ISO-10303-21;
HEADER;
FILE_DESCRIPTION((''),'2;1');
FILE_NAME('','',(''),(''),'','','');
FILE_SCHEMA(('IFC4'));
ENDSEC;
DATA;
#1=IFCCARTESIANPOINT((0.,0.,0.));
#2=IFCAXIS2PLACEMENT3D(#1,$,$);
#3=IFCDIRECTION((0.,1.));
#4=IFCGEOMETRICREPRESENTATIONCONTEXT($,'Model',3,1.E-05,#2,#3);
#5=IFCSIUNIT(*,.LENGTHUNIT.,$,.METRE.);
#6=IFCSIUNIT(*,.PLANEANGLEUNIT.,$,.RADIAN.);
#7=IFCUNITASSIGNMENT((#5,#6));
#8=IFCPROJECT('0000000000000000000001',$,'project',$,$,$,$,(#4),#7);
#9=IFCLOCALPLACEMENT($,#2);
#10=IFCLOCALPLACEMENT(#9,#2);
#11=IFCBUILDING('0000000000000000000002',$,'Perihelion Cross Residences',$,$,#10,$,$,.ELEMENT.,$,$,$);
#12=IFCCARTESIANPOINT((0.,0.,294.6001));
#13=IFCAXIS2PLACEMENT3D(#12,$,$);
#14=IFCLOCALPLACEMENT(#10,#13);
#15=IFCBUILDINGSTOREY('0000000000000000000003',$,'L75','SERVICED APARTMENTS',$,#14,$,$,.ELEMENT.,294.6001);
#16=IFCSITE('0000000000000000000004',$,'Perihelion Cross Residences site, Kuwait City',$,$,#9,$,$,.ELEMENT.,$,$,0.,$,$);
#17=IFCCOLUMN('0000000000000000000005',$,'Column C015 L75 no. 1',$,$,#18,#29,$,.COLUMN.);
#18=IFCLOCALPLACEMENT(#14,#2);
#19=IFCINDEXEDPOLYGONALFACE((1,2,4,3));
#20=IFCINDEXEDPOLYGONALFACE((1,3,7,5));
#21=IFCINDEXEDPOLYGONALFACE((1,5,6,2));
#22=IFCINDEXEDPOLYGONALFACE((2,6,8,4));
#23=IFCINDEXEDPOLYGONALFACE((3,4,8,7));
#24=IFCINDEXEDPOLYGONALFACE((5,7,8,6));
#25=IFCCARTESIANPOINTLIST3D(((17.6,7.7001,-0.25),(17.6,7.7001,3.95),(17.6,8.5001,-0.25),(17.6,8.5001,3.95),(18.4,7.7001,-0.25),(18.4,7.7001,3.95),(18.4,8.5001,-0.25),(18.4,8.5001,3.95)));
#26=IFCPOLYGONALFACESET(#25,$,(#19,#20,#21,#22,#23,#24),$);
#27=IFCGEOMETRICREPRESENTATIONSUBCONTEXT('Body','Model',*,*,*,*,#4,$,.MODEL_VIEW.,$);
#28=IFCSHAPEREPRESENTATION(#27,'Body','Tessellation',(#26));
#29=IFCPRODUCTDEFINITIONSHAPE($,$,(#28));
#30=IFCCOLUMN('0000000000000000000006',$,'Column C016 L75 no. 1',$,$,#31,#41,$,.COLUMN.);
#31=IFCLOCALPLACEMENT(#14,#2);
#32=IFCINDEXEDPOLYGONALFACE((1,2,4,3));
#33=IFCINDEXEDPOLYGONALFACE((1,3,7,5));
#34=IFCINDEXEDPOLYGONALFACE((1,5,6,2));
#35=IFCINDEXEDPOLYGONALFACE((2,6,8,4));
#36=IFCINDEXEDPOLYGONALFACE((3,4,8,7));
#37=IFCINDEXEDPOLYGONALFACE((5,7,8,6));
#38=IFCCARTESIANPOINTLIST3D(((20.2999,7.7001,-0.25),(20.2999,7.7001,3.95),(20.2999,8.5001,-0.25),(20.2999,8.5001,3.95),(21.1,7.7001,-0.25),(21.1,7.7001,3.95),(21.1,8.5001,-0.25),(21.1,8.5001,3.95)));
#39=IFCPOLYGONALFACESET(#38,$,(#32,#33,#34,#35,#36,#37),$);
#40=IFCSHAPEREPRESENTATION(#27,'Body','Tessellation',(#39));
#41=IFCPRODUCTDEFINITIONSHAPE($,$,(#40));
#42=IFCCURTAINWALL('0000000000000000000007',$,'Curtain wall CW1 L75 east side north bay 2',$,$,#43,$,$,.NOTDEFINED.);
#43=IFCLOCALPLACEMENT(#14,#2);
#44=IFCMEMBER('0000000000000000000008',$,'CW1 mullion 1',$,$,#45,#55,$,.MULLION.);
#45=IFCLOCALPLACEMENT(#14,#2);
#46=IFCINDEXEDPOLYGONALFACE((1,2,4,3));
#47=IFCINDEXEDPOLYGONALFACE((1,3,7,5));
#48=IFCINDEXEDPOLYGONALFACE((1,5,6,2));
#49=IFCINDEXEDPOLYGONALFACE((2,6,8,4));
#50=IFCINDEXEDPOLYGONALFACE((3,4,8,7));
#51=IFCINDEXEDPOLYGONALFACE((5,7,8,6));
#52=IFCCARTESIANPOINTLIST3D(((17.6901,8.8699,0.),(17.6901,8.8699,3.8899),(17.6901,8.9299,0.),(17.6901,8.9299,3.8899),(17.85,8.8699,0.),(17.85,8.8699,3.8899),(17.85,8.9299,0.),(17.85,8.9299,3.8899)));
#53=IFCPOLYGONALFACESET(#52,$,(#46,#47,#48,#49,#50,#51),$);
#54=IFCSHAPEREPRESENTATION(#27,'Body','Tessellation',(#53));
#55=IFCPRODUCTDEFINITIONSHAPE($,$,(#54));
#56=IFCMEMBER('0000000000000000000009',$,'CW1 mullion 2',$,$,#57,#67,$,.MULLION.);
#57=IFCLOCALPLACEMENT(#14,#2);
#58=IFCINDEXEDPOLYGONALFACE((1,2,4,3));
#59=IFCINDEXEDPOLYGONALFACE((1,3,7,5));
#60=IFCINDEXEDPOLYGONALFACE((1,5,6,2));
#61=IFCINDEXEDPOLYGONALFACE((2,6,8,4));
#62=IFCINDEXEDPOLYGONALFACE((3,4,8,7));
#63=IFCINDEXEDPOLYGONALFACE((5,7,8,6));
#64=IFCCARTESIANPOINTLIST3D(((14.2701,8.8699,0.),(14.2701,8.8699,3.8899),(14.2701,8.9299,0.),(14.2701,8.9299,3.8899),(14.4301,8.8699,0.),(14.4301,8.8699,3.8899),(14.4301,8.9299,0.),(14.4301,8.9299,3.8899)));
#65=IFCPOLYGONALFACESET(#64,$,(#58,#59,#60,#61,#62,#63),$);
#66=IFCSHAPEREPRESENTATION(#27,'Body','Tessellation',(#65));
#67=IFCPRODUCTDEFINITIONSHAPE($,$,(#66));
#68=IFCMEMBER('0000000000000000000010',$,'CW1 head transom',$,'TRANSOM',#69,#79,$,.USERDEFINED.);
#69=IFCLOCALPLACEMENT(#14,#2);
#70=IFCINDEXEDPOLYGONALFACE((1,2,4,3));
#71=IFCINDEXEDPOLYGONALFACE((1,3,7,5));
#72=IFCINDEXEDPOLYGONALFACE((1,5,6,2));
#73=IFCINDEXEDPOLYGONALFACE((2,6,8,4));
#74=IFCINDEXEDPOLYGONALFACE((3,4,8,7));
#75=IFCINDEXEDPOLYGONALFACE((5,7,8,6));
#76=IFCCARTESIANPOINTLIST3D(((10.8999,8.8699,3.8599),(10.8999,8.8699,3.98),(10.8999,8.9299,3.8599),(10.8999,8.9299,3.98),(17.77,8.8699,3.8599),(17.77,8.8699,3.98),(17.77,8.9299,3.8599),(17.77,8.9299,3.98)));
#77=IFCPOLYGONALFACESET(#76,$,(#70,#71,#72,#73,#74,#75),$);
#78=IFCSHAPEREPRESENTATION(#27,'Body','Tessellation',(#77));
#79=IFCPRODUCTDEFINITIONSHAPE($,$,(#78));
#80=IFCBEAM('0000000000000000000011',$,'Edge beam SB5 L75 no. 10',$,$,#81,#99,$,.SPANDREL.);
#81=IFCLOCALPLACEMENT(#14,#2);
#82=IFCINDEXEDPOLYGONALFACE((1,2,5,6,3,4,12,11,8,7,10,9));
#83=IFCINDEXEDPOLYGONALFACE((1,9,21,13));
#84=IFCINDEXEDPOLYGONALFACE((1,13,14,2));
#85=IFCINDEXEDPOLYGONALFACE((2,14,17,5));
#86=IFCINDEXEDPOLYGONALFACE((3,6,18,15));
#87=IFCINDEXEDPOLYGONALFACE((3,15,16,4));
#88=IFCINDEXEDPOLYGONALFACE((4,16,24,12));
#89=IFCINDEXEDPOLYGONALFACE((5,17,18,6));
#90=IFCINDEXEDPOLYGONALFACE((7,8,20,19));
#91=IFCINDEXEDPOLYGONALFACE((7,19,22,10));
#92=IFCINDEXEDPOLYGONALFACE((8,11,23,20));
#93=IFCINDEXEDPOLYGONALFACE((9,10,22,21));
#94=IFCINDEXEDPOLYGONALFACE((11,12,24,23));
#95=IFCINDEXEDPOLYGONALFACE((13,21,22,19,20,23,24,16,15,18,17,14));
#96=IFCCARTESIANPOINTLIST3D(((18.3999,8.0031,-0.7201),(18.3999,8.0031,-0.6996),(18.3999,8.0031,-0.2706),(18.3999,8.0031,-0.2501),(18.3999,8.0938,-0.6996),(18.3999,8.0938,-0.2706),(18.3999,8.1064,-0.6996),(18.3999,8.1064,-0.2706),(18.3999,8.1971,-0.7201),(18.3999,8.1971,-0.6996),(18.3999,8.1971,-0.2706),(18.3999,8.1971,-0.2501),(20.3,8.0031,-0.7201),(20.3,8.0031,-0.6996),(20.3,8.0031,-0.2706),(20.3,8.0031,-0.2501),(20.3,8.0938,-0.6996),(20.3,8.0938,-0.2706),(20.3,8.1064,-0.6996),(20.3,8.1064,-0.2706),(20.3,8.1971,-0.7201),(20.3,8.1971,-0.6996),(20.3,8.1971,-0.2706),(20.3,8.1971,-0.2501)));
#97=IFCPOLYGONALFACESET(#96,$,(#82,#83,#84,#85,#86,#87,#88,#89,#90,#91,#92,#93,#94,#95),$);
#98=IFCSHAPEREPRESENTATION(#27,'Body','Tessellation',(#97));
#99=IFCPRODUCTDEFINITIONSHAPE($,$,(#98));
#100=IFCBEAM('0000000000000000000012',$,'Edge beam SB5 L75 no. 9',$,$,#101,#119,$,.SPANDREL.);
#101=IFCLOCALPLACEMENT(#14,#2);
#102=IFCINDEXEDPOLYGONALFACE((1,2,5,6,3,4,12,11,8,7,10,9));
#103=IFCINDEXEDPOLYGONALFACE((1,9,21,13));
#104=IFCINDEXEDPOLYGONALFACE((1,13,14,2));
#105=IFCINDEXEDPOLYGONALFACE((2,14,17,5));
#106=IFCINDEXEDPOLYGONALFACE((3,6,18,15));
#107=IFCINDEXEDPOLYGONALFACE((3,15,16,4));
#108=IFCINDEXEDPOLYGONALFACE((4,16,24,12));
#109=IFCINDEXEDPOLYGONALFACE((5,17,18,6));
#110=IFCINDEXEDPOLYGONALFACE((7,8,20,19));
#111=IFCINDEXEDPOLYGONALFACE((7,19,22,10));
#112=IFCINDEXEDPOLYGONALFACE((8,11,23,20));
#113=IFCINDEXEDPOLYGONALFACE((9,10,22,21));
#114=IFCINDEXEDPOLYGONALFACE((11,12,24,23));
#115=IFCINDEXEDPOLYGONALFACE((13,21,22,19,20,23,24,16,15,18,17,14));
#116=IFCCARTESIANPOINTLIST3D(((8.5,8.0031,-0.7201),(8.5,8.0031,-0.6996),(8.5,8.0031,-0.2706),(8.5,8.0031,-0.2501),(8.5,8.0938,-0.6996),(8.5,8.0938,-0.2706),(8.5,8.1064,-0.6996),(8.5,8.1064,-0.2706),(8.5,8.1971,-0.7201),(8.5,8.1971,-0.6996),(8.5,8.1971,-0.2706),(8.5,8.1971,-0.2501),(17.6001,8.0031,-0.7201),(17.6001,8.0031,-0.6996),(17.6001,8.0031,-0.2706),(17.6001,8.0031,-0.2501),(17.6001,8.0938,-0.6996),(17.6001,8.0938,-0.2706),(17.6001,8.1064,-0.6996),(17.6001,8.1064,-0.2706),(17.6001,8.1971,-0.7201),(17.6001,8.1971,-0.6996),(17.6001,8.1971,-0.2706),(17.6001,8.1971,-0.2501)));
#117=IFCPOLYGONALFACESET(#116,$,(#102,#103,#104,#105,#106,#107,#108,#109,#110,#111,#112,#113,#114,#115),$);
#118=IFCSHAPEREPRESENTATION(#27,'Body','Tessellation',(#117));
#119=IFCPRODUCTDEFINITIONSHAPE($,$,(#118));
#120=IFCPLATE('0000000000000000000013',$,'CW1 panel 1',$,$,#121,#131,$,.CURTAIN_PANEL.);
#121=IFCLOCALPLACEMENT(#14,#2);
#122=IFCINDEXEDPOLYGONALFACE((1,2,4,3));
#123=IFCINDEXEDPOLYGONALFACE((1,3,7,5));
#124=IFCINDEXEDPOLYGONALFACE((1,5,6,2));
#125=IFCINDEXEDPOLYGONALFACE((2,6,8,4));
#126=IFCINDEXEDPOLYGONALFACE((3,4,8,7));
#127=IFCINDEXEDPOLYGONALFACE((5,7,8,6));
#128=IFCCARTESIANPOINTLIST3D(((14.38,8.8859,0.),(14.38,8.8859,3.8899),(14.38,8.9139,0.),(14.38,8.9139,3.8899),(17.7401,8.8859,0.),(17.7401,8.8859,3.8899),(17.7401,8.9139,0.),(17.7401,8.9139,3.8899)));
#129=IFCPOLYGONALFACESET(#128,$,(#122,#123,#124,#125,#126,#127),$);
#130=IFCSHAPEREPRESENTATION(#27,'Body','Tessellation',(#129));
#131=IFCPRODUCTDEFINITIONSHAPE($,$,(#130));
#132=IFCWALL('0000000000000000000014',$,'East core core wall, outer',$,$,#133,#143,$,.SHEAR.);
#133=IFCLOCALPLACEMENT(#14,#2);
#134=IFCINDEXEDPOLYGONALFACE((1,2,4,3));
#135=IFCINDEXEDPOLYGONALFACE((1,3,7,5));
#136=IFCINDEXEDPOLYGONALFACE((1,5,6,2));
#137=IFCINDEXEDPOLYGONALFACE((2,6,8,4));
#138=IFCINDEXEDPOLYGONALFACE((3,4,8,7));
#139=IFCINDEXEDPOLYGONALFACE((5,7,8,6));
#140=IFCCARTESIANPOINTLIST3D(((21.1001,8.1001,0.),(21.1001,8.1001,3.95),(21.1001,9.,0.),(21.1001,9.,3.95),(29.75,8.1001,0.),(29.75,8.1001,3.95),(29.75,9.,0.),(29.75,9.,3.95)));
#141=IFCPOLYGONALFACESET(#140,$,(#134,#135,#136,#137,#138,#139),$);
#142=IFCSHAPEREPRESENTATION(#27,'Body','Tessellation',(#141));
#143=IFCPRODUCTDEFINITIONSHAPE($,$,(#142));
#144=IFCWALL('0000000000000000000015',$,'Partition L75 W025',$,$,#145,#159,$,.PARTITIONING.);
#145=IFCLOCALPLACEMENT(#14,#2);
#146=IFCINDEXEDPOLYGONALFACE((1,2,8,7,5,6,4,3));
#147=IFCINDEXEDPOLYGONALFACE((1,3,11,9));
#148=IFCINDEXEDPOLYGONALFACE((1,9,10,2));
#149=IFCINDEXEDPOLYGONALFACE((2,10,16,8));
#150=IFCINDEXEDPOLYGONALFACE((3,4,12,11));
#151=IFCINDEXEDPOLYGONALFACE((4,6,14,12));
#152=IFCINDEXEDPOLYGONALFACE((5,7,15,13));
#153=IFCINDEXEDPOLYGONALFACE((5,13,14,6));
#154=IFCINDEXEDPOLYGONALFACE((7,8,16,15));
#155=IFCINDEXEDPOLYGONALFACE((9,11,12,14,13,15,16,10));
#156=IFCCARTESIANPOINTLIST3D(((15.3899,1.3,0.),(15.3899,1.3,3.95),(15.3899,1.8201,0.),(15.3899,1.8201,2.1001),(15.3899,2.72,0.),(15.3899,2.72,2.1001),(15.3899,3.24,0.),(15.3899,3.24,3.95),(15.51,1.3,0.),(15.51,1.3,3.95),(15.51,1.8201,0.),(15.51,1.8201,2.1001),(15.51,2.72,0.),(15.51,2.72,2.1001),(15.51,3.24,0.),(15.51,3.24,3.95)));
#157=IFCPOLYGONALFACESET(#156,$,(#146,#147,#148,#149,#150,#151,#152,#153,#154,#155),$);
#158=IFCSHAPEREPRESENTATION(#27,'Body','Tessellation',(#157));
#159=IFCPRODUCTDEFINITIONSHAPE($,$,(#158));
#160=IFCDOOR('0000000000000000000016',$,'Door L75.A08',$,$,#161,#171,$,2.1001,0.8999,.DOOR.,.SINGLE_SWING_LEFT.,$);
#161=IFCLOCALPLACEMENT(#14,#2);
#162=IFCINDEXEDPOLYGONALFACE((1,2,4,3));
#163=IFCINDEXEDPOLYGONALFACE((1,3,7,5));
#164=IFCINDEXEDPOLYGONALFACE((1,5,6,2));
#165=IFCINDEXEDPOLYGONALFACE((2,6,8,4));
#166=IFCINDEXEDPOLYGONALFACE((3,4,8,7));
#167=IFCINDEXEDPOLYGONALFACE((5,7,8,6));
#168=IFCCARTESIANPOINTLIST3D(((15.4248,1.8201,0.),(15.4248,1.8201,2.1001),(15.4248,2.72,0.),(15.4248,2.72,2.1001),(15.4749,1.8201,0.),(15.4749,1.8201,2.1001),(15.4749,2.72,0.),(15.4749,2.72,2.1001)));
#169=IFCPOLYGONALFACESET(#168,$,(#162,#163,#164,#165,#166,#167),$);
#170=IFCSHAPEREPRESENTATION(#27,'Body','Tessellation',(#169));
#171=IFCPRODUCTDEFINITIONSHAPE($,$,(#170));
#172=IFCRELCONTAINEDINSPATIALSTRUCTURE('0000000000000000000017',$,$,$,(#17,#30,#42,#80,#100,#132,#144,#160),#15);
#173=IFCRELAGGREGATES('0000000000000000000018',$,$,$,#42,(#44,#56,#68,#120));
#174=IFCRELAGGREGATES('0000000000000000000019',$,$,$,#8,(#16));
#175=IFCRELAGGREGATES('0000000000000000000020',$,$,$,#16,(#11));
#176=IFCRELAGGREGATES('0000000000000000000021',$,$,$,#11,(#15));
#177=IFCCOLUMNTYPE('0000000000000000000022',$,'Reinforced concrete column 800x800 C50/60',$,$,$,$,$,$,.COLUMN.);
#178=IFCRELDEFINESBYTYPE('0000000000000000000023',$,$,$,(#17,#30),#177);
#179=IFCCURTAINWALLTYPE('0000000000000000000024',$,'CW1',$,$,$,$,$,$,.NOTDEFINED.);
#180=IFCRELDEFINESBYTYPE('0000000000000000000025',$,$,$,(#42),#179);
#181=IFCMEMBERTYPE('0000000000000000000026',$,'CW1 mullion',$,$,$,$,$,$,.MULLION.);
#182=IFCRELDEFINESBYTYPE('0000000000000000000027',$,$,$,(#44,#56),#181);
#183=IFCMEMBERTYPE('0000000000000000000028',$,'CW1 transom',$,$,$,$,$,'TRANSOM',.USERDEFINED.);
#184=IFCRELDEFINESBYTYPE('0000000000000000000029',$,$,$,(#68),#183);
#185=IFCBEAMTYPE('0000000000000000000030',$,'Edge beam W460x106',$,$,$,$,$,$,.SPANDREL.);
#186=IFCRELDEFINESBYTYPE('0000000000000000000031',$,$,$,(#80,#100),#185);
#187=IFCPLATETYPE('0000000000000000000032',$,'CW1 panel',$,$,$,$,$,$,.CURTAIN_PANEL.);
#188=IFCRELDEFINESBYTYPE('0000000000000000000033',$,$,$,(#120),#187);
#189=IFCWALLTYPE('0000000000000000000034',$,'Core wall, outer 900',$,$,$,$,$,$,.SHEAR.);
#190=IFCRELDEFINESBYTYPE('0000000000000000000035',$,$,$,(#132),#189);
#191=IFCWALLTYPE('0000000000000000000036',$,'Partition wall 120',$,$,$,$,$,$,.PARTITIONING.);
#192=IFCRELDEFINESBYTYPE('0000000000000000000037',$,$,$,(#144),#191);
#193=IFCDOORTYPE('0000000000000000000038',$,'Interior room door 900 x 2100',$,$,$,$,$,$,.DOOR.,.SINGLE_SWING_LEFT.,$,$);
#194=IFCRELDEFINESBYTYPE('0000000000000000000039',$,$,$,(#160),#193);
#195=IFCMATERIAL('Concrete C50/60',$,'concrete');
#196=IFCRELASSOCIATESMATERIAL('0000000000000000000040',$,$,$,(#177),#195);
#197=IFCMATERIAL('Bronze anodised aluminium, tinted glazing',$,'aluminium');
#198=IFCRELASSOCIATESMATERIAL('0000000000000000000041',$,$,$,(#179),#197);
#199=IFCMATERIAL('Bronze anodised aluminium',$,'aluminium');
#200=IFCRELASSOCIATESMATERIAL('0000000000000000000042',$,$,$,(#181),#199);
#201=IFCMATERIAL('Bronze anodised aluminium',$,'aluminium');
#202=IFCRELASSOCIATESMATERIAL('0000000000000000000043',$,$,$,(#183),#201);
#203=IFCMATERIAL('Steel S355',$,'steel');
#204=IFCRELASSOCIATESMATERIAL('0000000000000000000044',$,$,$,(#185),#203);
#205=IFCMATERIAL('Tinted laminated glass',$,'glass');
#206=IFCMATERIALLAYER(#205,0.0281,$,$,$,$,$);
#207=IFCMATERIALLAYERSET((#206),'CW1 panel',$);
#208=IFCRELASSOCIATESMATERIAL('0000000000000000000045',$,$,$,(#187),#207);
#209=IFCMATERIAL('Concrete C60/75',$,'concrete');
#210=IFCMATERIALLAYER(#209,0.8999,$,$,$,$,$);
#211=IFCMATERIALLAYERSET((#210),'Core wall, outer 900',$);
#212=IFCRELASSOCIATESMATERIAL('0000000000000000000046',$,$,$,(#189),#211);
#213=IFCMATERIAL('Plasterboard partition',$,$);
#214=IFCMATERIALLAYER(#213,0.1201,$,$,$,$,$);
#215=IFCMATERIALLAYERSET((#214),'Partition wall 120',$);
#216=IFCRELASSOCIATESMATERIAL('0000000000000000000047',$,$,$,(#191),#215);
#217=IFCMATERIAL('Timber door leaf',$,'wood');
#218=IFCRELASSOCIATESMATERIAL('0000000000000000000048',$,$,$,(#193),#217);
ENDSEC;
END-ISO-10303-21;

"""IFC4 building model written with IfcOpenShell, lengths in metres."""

from ifc_helpers import new_model, si_unit, direction, frame, frame_2d, origin, origin_2d, place, context, subcontext, project, spatial, rectangle, i_section, extrude, material, layer, layer_set, material_profile, profile_set, type_object, element, fill, aggregate, save


model = new_model("IFC4")

# Units and contexts
model_context = context("Model", 3, precision=1e-05, world=origin(), true_north=direction((0.0, 1.0)))
body_context = subcontext(model_context, "Body", "Model", "MODEL_VIEW")
ifc_project = project(units=[si_unit("LENGTHUNIT", "METRE"), si_unit("PLANEANGLEUNIT", "RADIAN")], contexts=[model_context])

# Site, building, storey
site_placement = place(None, origin())
site = spatial("IfcSite", under=ifc_project, at=site_placement, Name="Perihelion Cross Residences site, Kuwait City", CompositionType="ELEMENT", RefElevation=0.0)
building_placement = place(site_placement, origin())
building = spatial("IfcBuilding", under=site, at=building_placement, Name="Perihelion Cross Residences", CompositionType="ELEMENT")
storey_placement = place(building_placement, frame((0.0, 0.0, 294.6001)))
storey = spatial("IfcBuildingStorey", under=building, at=storey_placement, Name="L75", Description="SERVICED APARTMENTS", CompositionType="ELEMENT", Elevation=294.6001)

# Columns
ifc_material_1 = material(Name="Concrete C50/60", Category="concrete")
ifc_material_profile_1 = material_profile(ifc_material_1, rectangle(XDim=0.8, YDim=0.8, at=origin_2d()), Name="RC 800x800")
ifc_profile_set_1 = profile_set([ifc_material_profile_1], Name="Concrete C50/60")
column_type = type_object("IfcColumnType", Name="Reinforced concrete column 800x800 C50/60", PredefinedType="COLUMN", material=ifc_profile_set_1)
for number, where, z_axis, x_axis, name in (
    (1, (18.0, 8.1001, -0.25), (0.0, 0.0, 1.0), (1.0, 0.0, 0.0), "Column C015 L75 no. 1"),
    (2, (20.7, 8.1001, -0.25), (0.0, 0.0, 1.0), (1.0, 0.0, 0.0), "Column C016 L75 no. 1"),
):
    element("IfcColumn", number, at=place(storey_placement, frame(where, z_axis=z_axis, x_axis=x_axis)), inside=storey, type_object=column_type, Name=name, PredefinedType="COLUMN", context=body_context, shape_type="SweptSolid", body=[
        extrude(rectangle(XDim=0.8, YDim=0.8, at=origin_2d()), origin(), (0.0, 0.0, 1.0), 4.2),
    ])

# Curtain wall, members
ifc_material_2 = material(Name="Bronze anodised aluminium, tinted glazing", Category="aluminium")
curtain_wall_type = type_object("IfcCurtainWallType", Name="CW1", PredefinedType="NOTDEFINED", material=ifc_material_2)
curtain_wall_placement = place(storey_placement, origin())
curtain_wall = element("IfcCurtainWall", 3, at=curtain_wall_placement, inside=storey, type_object=curtain_wall_type, Name="Curtain wall CW1 L75 east side north bay 2", PredefinedType="NOTDEFINED")
ifc_material_3 = material(Name="Bronze anodised aluminium", Category="aluminium")
ifc_material_profile_2 = material_profile(ifc_material_3, rectangle(XDim=0.0601, YDim=0.1599, at=origin_2d()), Name="CW1 mullion")
ifc_profile_set_2 = profile_set([ifc_material_profile_2], Name="Bronze anodised aluminium")
member_type_1 = type_object("IfcMemberType", Name="CW1 mullion", PredefinedType="MULLION", material=ifc_profile_set_2)
member_1_placement = place(storey_placement, frame((17.77, 8.8999, 0.0), z_axis=(0.0, 0.0, 1.0), x_axis=(0.0, -1.0, 0.0)))
member_1 = element("IfcMember", 4, at=member_1_placement, type_object=member_type_1, Name="CW1 mullion 1", PredefinedType="MULLION", context=body_context, shape_type="SweptSolid", body=[
    extrude(rectangle(XDim=0.0601, YDim=0.1599, at=origin_2d()), origin(), (0.0, 0.0, 1.0), 3.8899),
])
member_2_placement = place(storey_placement, frame((14.3501, 8.8999, 0.0), z_axis=(0.0, 0.0, 1.0), x_axis=(0.0, -1.0, 0.0)))
member_2 = element("IfcMember", 5, at=member_2_placement, type_object=member_type_1, Name="CW1 mullion 2", PredefinedType="MULLION", context=body_context, shape_type="SweptSolid", body=[
    extrude(rectangle(XDim=0.0601, YDim=0.1599, at=origin_2d()), origin(), (0.0, 0.0, 1.0), 3.8899),
])
ifc_material_4 = material(Name="Bronze anodised aluminium", Category="aluminium")
ifc_material_profile_3 = material_profile(ifc_material_4, rectangle(XDim=0.0601, YDim=0.1201, at=origin_2d()), Name="CW1 transom")
ifc_profile_set_3 = profile_set([ifc_material_profile_3], Name="Bronze anodised aluminium")
member_type_2 = type_object("IfcMemberType", Name="CW1 transom", ElementType="TRANSOM", PredefinedType="USERDEFINED", material=ifc_profile_set_3)
member_3_placement = place(storey_placement, frame((17.77, 8.8999, 3.9199), z_axis=(-1.0, 0.0, 0.0), x_axis=(0.0, -1.0, 0.0)))
member_3 = element("IfcMember", 6, at=member_3_placement, type_object=member_type_2, Name="CW1 head transom", ObjectType="TRANSOM", PredefinedType="USERDEFINED", context=body_context, shape_type="SweptSolid", body=[
    extrude(rectangle(XDim=0.0601, YDim=0.1201, at=origin_2d()), origin(), (0.0, 0.0, 1.0), 6.8701),
])

# Beams
ifc_material_5 = material(Name="Steel S355", Category="steel")
ifc_material_profile_4 = material_profile(ifc_material_5, i_section(OverallWidth=0.1941, OverallDepth=0.47, WebThickness=0.0127, FlangeThickness=0.0205, at=origin_2d()), Name="W460x106")
ifc_profile_set_4 = profile_set([ifc_material_profile_4], Name="Steel S355")
beam_type = type_object("IfcBeamType", Name="Edge beam W460x106", PredefinedType="SPANDREL", material=ifc_profile_set_4)
beam_1_placement = place(storey_placement, frame((20.3, 8.1001, -0.4851), z_axis=(-1.0, 0.0, 0.0), x_axis=(0.0, -1.0, 0.0)))
element("IfcBeam", 7, at=beam_1_placement, inside=storey, type_object=beam_type, Name="Edge beam SB5 L75 no. 10", PredefinedType="SPANDREL", context=body_context, shape_type="SweptSolid", body=[
    extrude(i_section(OverallWidth=0.1941, OverallDepth=0.47, WebThickness=0.0127, FlangeThickness=0.0205, at=origin_2d()), origin(), (0.0, 0.0, 1.0), 1.9001),
])
beam_2_placement = place(storey_placement, frame((17.6001, 8.1001, -0.4851), z_axis=(-1.0, 0.0, 0.0), x_axis=(0.0, -1.0, 0.0)))
element("IfcBeam", 8, at=beam_2_placement, inside=storey, type_object=beam_type, Name="Edge beam SB5 L75 no. 9", PredefinedType="SPANDREL", context=body_context, shape_type="SweptSolid", body=[
    extrude(i_section(OverallWidth=0.1941, OverallDepth=0.47, WebThickness=0.0127, FlangeThickness=0.0205, at=origin_2d()), origin(), (0.0, 0.0, 1.0), 9.1001),
])

# Plate
ifc_material_6 = material(Name="Tinted laminated glass", Category="glass")
ifc_layer_1 = layer(ifc_material_6, 0.0281)
ifc_layer_set_1 = layer_set([ifc_layer_1], Name="CW1 panel")
plate_type = type_object("IfcPlateType", Name="CW1 panel", PredefinedType="CURTAIN_PANEL", material=ifc_layer_set_1)
plate_placement = place(storey_placement, frame((16.0601, 8.8999, 0.0), z_axis=(0.0, 0.0, 1.0), x_axis=(-1.0, 0.0, 0.0)))
plate = element("IfcPlate", 9, at=plate_placement, type_object=plate_type, Name="CW1 panel 1", PredefinedType="CURTAIN_PANEL", context=body_context, shape_type="SweptSolid", body=[
    extrude(rectangle(XDim=3.3601, YDim=0.0281, at=origin_2d()), origin(), (0.0, 0.0, 1.0), 3.8899),
])
aggregate(curtain_wall, [member_1, member_2, member_3, plate])

# Wall
ifc_material_7 = material(Name="Concrete C60/75", Category="concrete")
ifc_layer_2 = layer(ifc_material_7, 0.8999)
ifc_layer_set_2 = layer_set([ifc_layer_2], Name="Core wall, outer 900")
wall_type_1 = type_object("IfcWallType", Name="Core wall, outer 900", PredefinedType="SHEAR", material=ifc_layer_set_2)
wall_1_placement = place(storey_placement, frame((21.1001, 8.55, 0.0), z_axis=(0.0, 0.0, 1.0), x_axis=(1.0, 0.0, 0.0)))
element("IfcWall", 10, at=wall_1_placement, inside=storey, type_object=wall_type_1, Name="East core core wall, outer", PredefinedType="SHEAR", context=body_context, shape_type="SweptSolid", body=[
    extrude(rectangle(XDim=8.6499, YDim=0.8999, at=frame_2d((4.325, 0.0))), origin(), (0.0, 0.0, 1.0), 3.95),
])

# Wall, opening, door
ifc_material_8 = material(Name="Plasterboard partition")
ifc_layer_3 = layer(ifc_material_8, 0.1201)
ifc_layer_set_3 = layer_set([ifc_layer_3], Name="Partition wall 120")
wall_type_2 = type_object("IfcWallType", Name="Partition wall 120", PredefinedType="PARTITIONING", material=ifc_layer_set_3)
wall_2_placement = place(storey_placement, frame((15.45, 3.24, 0.0), z_axis=(0.0, 0.0, 1.0), x_axis=(0.0, -1.0, 0.0)))
wall_2 = element("IfcWall", 11, at=wall_2_placement, inside=storey, type_object=wall_type_2, Name="Partition L75 W025", PredefinedType="PARTITIONING", context=body_context, shape_type="SweptSolid", body=[
    extrude(rectangle(XDim=1.9399, YDim=0.1201, at=frame_2d((0.97, 0.0))), origin(), (0.0, 0.0, 1.0), 3.95),
])
opening_1_placement = place(wall_2_placement, frame((0.52, 0.0, 0.0)))
opening_1 = element("IfcOpeningElement", 12, at=opening_1_placement, cuts=wall_2, PredefinedType="OPENING", context=body_context, shape_type="SweptSolid", body=[
    extrude(rectangle(XDim=0.8999, YDim=2.1001, at=frame_2d((0.45, 1.05))), frame((0.0, 0.0701, 0.0), z_axis=(0.0, -1.0, 0.0), x_axis=(1.0, 0.0, 0.0)), (0.0, 0.0, 1.0), 0.1401),
])
ifc_material_9 = material(Name="Timber door leaf", Category="wood")
door_type_1 = type_object("IfcDoorType", Name="Interior room door 900 x 2100", OperationType="SINGLE_SWING_LEFT", PredefinedType="DOOR", material=ifc_material_9)
door_1_placement = place(opening_1_placement, origin())
door_1 = element("IfcDoor", 13, at=door_1_placement, inside=storey, type_object=door_type_1, Name="Door L75.A08", OperationType="SINGLE_SWING_LEFT", OverallHeight=2.1001, OverallWidth=0.8999, PredefinedType="DOOR", context=body_context, shape_type="SweptSolid", body=[
    extrude(rectangle(XDim=0.8999, YDim=2.1001, at=frame_2d((0.45, 1.05))), frame((0.0, 0.0249, 0.0), z_axis=(0.0, -1.0, 0.0), x_axis=(1.0, 0.0, 0.0)), (0.0, 0.0, 1.0), 0.05),
])
fill(opening_1, door_1)

save(model, "model.ifc")
